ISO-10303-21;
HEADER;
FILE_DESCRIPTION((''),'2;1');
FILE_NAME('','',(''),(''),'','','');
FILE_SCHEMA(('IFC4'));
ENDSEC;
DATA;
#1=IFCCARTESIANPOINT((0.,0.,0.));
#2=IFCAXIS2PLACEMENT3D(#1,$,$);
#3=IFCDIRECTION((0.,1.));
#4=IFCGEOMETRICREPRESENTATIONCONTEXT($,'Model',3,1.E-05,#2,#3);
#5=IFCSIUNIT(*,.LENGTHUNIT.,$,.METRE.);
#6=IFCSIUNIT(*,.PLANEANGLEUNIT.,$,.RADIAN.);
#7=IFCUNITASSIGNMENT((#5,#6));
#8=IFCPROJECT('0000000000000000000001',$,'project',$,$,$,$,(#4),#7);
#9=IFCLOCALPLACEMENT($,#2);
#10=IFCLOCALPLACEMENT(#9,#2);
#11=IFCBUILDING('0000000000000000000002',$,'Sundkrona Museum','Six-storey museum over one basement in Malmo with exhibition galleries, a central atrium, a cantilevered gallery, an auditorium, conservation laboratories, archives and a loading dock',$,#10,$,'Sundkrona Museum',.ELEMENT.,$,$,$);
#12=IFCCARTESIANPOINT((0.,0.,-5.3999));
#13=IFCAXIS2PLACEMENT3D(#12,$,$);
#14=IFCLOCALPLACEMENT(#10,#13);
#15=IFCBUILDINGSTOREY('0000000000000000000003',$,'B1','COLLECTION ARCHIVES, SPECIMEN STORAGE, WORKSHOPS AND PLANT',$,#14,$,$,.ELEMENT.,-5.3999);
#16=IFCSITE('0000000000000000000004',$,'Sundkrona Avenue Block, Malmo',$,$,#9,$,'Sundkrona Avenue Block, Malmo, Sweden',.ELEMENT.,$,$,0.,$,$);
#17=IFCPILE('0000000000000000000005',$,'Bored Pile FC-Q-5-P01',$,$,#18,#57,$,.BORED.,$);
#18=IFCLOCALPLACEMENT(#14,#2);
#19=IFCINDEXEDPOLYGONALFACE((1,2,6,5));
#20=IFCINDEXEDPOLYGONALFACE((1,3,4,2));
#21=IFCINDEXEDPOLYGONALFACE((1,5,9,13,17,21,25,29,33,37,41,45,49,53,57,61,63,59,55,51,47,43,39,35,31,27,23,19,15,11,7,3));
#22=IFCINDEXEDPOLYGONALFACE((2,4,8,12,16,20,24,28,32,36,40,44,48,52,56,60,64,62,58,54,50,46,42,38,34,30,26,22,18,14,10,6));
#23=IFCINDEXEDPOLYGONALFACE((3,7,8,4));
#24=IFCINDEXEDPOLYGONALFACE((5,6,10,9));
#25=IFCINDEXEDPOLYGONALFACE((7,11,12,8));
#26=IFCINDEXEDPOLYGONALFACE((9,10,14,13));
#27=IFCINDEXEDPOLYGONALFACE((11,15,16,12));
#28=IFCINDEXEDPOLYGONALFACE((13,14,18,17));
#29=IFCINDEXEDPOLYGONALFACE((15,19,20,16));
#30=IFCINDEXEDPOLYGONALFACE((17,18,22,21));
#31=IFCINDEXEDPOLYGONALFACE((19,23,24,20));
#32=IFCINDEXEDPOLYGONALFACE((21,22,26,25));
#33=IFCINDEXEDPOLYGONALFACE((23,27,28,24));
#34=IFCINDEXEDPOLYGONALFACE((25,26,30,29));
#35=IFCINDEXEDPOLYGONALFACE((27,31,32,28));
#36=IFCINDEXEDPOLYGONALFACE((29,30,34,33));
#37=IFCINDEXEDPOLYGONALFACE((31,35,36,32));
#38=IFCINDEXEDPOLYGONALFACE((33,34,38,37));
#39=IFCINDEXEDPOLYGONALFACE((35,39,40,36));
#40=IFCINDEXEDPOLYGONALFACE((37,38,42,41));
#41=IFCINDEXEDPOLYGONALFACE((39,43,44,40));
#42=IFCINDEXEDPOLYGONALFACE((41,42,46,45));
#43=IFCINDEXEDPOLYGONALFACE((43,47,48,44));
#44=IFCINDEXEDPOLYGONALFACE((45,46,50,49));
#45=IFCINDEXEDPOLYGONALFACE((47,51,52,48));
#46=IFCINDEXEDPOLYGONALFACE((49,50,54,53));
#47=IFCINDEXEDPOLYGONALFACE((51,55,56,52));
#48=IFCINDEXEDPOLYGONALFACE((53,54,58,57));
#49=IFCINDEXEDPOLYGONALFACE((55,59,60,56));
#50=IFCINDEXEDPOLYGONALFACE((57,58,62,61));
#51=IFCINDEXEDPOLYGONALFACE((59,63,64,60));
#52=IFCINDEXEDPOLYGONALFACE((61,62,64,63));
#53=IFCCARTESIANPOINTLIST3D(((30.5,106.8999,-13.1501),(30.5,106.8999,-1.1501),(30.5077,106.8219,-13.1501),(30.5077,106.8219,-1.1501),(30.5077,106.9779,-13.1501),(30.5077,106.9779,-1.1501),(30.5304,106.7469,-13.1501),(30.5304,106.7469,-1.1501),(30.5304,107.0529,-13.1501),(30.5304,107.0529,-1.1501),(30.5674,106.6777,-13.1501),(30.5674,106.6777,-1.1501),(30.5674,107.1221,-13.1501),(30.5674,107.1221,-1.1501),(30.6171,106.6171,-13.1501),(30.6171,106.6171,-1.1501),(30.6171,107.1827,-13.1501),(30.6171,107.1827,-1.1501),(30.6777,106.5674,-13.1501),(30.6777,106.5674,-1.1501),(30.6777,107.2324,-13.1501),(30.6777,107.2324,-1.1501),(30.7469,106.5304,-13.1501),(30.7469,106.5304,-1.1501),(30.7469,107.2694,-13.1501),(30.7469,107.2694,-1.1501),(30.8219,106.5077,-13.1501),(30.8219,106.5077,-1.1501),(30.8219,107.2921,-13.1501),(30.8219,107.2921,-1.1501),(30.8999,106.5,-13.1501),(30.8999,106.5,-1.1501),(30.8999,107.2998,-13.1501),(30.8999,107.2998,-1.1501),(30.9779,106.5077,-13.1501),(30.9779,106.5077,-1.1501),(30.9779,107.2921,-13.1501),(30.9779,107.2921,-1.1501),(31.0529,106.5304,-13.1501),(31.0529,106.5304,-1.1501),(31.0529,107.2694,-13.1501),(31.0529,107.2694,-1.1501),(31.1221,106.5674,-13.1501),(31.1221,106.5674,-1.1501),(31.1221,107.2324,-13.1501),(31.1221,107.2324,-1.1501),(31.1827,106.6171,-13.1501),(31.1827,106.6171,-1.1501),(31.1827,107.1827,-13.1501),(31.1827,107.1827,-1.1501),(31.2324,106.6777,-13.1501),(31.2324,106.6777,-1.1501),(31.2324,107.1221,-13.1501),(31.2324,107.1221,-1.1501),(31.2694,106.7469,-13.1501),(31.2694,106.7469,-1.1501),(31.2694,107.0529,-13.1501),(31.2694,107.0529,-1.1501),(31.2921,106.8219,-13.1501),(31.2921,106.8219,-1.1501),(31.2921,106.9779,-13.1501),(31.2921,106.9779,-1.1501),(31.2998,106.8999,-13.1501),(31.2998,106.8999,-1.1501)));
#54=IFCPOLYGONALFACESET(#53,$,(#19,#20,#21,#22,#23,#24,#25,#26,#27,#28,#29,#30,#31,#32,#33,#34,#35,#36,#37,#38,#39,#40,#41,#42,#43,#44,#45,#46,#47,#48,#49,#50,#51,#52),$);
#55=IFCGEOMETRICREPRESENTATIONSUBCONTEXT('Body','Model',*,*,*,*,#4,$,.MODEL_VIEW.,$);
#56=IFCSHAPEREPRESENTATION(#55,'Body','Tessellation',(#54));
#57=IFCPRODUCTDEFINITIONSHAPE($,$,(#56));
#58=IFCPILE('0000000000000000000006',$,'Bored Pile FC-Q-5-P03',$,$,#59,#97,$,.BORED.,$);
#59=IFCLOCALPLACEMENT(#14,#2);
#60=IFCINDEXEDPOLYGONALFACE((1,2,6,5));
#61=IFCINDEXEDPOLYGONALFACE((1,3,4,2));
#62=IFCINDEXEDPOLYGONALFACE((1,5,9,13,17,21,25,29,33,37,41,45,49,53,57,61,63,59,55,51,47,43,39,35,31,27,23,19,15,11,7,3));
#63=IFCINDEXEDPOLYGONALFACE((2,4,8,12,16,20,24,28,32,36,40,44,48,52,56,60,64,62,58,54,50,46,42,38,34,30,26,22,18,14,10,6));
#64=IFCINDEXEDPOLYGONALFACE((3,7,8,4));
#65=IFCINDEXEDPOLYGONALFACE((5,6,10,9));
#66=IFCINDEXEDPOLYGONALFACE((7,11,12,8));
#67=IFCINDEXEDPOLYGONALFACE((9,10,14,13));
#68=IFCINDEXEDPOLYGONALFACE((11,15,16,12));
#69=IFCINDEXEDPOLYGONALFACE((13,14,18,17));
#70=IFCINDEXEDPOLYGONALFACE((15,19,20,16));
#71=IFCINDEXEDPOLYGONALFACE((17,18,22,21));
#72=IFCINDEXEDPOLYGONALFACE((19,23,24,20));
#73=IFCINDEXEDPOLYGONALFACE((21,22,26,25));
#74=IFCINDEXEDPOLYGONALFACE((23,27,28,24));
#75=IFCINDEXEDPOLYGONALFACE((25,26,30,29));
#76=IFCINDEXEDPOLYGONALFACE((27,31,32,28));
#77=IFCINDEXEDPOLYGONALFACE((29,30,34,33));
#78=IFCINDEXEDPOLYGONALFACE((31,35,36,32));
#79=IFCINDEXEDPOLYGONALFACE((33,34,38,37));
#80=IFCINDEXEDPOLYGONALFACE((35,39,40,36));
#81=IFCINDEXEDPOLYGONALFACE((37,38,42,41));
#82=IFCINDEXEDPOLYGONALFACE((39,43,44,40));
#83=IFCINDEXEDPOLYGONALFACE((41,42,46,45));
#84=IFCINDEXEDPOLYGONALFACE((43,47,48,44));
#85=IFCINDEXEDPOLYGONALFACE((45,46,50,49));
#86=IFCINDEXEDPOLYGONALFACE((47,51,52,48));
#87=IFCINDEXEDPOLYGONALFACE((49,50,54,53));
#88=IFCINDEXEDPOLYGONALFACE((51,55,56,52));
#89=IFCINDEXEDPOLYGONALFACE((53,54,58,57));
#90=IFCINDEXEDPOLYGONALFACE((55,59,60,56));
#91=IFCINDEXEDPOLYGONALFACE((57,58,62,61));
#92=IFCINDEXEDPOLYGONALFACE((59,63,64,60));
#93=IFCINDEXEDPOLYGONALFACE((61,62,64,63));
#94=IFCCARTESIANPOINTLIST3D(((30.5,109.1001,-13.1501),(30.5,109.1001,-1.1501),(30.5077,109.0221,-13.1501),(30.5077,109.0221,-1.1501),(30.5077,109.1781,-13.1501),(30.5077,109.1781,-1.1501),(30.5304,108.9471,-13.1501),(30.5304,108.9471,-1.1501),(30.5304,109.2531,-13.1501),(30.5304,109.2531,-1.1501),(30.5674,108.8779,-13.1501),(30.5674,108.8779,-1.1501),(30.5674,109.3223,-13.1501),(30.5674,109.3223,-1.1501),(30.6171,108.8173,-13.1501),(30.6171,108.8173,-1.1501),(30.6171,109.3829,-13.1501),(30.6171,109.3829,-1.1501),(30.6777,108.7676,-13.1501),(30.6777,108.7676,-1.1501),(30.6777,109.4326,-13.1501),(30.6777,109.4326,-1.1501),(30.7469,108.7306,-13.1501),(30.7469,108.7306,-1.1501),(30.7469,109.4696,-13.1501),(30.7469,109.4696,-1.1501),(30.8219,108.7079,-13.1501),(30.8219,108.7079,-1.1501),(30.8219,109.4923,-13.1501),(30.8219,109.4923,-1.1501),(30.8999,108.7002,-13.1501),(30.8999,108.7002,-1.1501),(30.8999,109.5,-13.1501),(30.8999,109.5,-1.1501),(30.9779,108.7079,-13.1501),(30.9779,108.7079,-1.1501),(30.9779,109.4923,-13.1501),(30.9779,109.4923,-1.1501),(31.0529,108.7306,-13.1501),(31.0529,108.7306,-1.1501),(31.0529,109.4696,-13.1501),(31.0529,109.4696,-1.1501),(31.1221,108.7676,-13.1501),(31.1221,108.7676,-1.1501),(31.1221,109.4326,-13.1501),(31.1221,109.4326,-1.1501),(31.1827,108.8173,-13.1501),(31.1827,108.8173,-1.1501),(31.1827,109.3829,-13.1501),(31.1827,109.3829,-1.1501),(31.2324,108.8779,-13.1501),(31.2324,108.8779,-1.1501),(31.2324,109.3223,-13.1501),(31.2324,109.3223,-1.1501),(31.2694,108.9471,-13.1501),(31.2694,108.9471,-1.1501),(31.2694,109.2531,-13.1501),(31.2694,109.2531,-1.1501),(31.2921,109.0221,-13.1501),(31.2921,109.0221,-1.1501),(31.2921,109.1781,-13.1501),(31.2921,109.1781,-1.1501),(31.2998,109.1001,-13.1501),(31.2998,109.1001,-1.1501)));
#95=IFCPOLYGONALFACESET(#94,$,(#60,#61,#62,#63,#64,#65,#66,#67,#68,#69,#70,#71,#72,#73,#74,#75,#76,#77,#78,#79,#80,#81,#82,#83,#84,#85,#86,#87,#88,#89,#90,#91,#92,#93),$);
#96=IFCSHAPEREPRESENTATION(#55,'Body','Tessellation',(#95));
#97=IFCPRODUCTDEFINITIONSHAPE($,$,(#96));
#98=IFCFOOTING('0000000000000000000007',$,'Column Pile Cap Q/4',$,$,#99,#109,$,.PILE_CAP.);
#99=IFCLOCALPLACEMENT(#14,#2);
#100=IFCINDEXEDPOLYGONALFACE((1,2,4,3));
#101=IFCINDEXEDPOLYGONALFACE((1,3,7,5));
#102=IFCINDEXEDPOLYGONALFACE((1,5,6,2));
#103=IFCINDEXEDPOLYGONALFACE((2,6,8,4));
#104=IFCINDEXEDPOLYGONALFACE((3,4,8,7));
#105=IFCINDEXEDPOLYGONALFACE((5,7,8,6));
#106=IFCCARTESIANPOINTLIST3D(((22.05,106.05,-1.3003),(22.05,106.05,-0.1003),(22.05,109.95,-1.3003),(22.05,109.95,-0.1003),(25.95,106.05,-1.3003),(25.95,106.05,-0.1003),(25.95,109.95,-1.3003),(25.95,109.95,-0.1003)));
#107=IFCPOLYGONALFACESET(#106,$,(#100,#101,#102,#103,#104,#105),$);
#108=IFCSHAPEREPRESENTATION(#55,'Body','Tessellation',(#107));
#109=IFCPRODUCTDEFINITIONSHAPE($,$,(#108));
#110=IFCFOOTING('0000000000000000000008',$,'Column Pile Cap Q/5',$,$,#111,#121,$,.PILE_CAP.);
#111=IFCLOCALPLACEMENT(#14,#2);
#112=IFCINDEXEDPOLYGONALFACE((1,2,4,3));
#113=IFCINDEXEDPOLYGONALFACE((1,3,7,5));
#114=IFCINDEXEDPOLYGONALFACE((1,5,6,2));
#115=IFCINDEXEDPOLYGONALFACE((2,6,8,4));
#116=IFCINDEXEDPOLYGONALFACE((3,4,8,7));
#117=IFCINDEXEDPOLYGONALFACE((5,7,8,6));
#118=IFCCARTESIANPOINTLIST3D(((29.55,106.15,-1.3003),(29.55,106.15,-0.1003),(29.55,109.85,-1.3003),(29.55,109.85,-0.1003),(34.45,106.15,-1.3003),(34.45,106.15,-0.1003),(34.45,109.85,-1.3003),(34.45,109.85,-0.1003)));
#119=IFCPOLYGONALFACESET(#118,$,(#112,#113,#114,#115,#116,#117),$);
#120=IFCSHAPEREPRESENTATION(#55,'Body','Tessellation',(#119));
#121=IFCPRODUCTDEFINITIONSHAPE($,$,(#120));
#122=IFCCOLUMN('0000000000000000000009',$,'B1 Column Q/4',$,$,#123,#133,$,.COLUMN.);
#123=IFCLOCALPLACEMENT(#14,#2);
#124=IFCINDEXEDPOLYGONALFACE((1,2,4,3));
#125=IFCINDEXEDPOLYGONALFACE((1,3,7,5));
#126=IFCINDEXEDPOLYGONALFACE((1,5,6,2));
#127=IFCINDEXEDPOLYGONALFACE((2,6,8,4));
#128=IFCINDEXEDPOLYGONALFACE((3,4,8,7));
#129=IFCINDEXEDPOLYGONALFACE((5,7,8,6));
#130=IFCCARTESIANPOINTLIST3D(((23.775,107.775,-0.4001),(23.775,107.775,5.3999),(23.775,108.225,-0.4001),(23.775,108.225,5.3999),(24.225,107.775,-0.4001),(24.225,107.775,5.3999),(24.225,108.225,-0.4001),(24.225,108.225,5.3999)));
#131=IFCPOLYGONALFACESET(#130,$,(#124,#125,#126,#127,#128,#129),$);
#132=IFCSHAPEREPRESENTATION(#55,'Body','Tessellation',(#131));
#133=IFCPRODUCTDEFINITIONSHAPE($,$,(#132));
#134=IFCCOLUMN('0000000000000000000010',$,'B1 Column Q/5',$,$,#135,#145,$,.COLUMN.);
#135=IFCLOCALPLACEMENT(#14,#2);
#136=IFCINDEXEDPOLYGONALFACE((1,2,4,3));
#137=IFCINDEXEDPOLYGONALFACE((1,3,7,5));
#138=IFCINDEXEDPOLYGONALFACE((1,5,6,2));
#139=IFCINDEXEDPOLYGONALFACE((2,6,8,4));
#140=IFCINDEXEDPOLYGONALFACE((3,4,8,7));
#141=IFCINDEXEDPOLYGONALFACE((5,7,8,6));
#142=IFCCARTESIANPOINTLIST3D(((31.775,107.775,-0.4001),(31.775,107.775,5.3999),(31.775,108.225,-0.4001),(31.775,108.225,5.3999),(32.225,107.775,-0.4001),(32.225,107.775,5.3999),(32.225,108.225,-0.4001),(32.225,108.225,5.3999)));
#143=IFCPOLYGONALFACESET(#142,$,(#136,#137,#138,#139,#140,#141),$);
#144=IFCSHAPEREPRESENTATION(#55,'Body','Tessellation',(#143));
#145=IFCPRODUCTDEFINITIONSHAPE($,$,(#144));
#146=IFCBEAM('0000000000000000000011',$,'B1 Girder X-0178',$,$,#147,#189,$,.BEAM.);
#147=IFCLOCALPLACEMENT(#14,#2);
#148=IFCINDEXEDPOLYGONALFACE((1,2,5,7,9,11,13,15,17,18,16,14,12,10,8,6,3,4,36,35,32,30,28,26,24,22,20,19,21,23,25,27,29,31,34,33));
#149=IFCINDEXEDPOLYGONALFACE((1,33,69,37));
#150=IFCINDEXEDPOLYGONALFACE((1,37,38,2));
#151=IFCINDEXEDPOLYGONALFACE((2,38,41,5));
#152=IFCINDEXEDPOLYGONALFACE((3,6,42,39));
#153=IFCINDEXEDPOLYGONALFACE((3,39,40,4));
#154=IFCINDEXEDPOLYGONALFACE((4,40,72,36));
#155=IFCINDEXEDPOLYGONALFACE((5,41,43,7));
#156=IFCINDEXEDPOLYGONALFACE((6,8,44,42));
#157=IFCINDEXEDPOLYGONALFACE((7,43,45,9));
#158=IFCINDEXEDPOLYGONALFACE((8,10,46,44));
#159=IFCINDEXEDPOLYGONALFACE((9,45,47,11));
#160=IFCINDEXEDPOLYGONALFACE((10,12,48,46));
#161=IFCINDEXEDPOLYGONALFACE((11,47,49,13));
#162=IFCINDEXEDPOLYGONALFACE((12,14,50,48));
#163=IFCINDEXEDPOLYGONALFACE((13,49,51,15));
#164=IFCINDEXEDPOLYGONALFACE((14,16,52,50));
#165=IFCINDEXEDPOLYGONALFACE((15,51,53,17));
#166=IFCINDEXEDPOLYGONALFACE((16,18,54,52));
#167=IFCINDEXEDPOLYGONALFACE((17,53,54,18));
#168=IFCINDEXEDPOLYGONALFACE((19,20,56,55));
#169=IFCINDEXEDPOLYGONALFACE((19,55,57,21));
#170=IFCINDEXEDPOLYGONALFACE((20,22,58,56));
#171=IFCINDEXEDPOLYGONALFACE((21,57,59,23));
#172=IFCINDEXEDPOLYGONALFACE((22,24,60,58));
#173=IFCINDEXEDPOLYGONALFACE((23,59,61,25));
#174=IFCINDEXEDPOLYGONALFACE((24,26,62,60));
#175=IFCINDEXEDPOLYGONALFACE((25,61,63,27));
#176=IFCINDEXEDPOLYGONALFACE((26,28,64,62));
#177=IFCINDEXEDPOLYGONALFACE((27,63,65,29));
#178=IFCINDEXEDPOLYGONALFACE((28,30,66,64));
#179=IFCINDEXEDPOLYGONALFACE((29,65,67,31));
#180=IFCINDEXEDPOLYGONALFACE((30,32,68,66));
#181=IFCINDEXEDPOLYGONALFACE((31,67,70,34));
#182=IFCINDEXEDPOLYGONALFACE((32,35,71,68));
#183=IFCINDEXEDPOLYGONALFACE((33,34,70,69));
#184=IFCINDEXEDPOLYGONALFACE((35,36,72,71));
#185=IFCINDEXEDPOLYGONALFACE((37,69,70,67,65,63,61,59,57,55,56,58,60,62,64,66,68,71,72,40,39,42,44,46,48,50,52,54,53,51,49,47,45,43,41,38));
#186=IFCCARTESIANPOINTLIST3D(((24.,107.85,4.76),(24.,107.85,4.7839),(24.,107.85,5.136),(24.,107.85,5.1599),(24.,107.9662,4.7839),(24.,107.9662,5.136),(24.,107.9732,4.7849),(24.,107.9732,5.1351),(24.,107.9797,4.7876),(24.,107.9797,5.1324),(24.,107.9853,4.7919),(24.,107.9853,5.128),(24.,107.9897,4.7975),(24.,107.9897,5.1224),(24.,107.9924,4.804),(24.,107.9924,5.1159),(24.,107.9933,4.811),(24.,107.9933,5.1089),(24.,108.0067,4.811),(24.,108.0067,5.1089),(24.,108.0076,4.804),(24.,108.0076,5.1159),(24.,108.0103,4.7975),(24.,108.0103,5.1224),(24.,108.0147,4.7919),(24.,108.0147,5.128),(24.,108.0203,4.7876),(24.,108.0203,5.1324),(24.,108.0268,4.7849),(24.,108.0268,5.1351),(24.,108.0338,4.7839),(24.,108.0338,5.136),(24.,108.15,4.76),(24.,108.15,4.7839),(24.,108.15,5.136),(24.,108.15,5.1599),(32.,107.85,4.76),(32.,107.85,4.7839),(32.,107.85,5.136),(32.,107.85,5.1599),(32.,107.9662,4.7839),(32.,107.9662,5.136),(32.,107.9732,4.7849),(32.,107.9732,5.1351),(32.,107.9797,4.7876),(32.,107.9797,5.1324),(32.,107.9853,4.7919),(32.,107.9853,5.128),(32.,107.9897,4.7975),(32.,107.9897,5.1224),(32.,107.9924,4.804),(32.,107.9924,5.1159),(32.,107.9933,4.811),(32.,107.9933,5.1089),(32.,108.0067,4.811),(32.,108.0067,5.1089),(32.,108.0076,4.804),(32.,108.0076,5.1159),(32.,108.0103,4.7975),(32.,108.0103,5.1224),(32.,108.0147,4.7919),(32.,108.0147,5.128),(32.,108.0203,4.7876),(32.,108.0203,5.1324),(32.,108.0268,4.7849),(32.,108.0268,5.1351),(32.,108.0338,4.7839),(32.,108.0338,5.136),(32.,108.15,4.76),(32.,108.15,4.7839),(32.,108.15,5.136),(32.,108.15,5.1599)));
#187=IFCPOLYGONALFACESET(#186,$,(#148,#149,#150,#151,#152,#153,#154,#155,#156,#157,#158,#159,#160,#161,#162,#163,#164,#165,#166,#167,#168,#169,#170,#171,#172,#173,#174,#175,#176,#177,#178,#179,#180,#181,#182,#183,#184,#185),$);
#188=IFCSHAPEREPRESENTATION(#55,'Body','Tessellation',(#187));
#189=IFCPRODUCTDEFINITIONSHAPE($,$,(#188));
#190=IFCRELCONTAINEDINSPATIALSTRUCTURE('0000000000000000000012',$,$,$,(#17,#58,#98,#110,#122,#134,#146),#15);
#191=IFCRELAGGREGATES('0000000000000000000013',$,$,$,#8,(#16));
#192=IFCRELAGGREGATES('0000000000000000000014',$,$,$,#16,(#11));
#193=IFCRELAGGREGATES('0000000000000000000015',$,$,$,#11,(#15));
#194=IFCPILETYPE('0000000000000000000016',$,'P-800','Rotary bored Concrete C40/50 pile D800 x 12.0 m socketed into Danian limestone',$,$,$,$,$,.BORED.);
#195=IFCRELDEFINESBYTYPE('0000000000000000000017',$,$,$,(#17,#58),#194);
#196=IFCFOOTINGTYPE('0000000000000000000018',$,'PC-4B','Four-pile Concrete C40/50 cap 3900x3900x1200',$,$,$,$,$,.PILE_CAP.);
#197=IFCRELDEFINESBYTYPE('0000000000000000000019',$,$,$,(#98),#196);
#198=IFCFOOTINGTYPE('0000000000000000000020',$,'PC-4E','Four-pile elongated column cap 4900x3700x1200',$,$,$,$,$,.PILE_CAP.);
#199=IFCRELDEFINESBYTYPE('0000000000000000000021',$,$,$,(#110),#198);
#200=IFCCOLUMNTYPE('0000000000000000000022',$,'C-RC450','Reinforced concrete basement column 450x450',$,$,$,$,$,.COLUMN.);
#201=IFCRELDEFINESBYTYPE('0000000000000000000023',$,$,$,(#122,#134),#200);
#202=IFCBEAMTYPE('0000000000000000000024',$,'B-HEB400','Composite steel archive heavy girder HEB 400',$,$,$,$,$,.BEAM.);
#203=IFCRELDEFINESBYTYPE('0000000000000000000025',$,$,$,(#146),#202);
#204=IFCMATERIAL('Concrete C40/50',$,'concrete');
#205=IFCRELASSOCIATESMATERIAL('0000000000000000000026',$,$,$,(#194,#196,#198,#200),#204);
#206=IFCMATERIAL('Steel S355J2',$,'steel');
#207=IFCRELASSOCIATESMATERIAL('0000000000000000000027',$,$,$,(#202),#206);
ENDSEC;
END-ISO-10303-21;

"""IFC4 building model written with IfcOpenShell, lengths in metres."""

from ifc_helpers import new_model, si_unit, direction, frame, origin, origin_2d, place, context, subcontext, project, spatial, rectangle, circle, i_section, extrude, material, material_profile, profile_set, type_object, element, save


model = new_model("IFC4")

# Units and contexts
model_context = context("Model", 3, precision=1e-05, world=origin(), true_north=direction((0.0, 1.0)))
body_context = subcontext(model_context, "Body", "Model", "MODEL_VIEW")
ifc_project = project(units=[si_unit("LENGTHUNIT", "METRE"), si_unit("PLANEANGLEUNIT", "RADIAN")], contexts=[model_context])

# Site, building, storey
site_placement = place(None, origin())
site = spatial("IfcSite", under=ifc_project, at=site_placement, Name="Sundkrona Avenue Block, Malmo", LongName="Sundkrona Avenue Block, Malmo, Sweden", CompositionType="ELEMENT", RefElevation=0.0)
building_placement = place(site_placement, origin())
building = spatial("IfcBuilding", under=site, at=building_placement, Name="Sundkrona Museum", Description="Six-storey museum over one basement in Malmo with exhibition galleries, a central atrium, a cantilevered gallery, an auditorium, conservation laboratories, archives and a loading dock", LongName="Sundkrona Museum", CompositionType="ELEMENT")
storey_placement = place(building_placement, frame((0.0, 0.0, -5.3999)))
storey = spatial("IfcBuildingStorey", under=building, at=storey_placement, Name="B1", Description="COLLECTION ARCHIVES, SPECIMEN STORAGE, WORKSHOPS AND PLANT", CompositionType="ELEMENT", Elevation=-5.3999)

# Shared definitions
ifc_material_1 = material(Name="Concrete C40/50", Category="concrete")

# Piles
ifc_material_profile_1 = material_profile(ifc_material_1, circle(Radius=0.3999, at=origin_2d()), Name="PILE D800")
ifc_profile_set_1 = profile_set([ifc_material_profile_1], Name="Concrete C40/50")
pile_type = type_object("IfcPileType", Name="P-800", Description="Rotary bored Concrete C40/50 pile D800 x 12.0 m socketed into Danian limestone", PredefinedType="BORED", material=ifc_profile_set_1)
for number, where, z_axis, x_axis, name in (
    (1, (30.8999, 106.8999, -1.1501), (0.0, 0.0, -1.0), (1.0, 0.0, 0.0), "Bored Pile FC-Q-5-P01"),
    (2, (30.8999, 109.1001, -1.1501), (0.0, 0.0, -1.0), (1.0, 0.0, 0.0), "Bored Pile FC-Q-5-P03"),
):
    element("IfcPile", number, at=place(storey_placement, frame(where, z_axis=z_axis, x_axis=x_axis)), inside=storey, type_object=pile_type, Name=name, PredefinedType="BORED", context=body_context, shape_type="SweptSolid", body=[
        extrude(circle(Radius=0.3999, at=origin_2d()), origin(), (0.0, 0.0, 1.0), 12.0),
    ])

# Footings
footing_type_1 = type_object("IfcFootingType", Name="PC-4B", Description="Four-pile Concrete C40/50 cap 3900x3900x1200", PredefinedType="PILE_CAP", material=ifc_material_1)
footing_1_placement = place(storey_placement, frame((24.0, 108.0, -1.3003), z_axis=(0.0, 0.0, 1.0), x_axis=(1.0, 0.0, 0.0)))
element("IfcFooting", 3, at=footing_1_placement, inside=storey, type_object=footing_type_1, Name="Column Pile Cap Q/4", PredefinedType="PILE_CAP", context=body_context, shape_type="SweptSolid", body=[
    extrude(rectangle(XDim=3.8999, YDim=3.8999, at=origin_2d()), origin(), (0.0, 0.0, 1.0), 1.2),
])
footing_type_2 = type_object("IfcFootingType", Name="PC-4E", Description="Four-pile elongated column cap 4900x3700x1200", PredefinedType="PILE_CAP", material=ifc_material_1)
footing_2_placement = place(storey_placement, frame((32.0, 108.0, -1.3003), z_axis=(0.0, 0.0, 1.0), x_axis=(1.0, 0.0, 0.0)))
element("IfcFooting", 4, at=footing_2_placement, inside=storey, type_object=footing_type_2, Name="Column Pile Cap Q/5", PredefinedType="PILE_CAP", context=body_context, shape_type="SweptSolid", body=[
    extrude(rectangle(XDim=4.8999, YDim=3.7, at=origin_2d()), origin(), (0.0, 0.0, 1.0), 1.2),
])

# Columns
ifc_material_profile_2 = material_profile(ifc_material_1, rectangle(XDim=0.45, YDim=0.45, at=origin_2d()), Name="RC 450x450")
ifc_profile_set_2 = profile_set([ifc_material_profile_2], Name="Concrete C40/50")
column_type = type_object("IfcColumnType", Name="C-RC450", Description="Reinforced concrete basement column 450x450", PredefinedType="COLUMN", material=ifc_profile_set_2)
for number, where, z_axis, x_axis, name in (
    (5, (24.0, 108.0, -0.4001), (0.0, 0.0, 1.0), (1.0, 0.0, 0.0), "B1 Column Q/4"),
    (6, (32.0, 108.0, -0.4001), (0.0, 0.0, 1.0), (1.0, 0.0, 0.0), "B1 Column Q/5"),
):
    element("IfcColumn", number, at=place(storey_placement, frame(where, z_axis=z_axis, x_axis=x_axis)), inside=storey, type_object=column_type, Name=name, PredefinedType="COLUMN", context=body_context, shape_type="SweptSolid", body=[
        extrude(rectangle(XDim=0.45, YDim=0.45, at=origin_2d()), origin(), (0.0, 0.0, 1.0), 5.8),
    ])

# Beam
ifc_material_2 = material(Name="Steel S355J2", Category="steel")
ifc_material_profile_3 = material_profile(ifc_material_2, i_section(OverallWidth=0.3, OverallDepth=0.3999, WebThickness=0.0134, FlangeThickness=0.0239, FilletRadius=0.0271, at=origin_2d()), Name="HEB 400")
ifc_profile_set_3 = profile_set([ifc_material_profile_3], Name="Steel S355J2")
beam_type_1 = type_object("IfcBeamType", Name="B-HEB400", Description="Composite steel archive heavy girder HEB 400", PredefinedType="BEAM", material=ifc_profile_set_3)
for number, where, z_axis, x_axis, name in (
    (7, (24.0, 108.0, 4.96), (1.0, 0.0, 0.0), (0.0, 1.0, 0.0), "B1 Girder X-0178"),
):
    element("IfcBeam", number, at=place(storey_placement, frame(where, z_axis=z_axis, x_axis=x_axis)), inside=storey, type_object=beam_type_1, Name=name, PredefinedType="BEAM", context=body_context, shape_type="SweptSolid", body=[
        extrude(i_section(OverallWidth=0.3, OverallDepth=0.3999, WebThickness=0.0134, FlangeThickness=0.0239, FilletRadius=0.0271, at=origin_2d()), origin(), (0.0, 0.0, 1.0), 8.0),
    ])

save(model, "model.ifc")
